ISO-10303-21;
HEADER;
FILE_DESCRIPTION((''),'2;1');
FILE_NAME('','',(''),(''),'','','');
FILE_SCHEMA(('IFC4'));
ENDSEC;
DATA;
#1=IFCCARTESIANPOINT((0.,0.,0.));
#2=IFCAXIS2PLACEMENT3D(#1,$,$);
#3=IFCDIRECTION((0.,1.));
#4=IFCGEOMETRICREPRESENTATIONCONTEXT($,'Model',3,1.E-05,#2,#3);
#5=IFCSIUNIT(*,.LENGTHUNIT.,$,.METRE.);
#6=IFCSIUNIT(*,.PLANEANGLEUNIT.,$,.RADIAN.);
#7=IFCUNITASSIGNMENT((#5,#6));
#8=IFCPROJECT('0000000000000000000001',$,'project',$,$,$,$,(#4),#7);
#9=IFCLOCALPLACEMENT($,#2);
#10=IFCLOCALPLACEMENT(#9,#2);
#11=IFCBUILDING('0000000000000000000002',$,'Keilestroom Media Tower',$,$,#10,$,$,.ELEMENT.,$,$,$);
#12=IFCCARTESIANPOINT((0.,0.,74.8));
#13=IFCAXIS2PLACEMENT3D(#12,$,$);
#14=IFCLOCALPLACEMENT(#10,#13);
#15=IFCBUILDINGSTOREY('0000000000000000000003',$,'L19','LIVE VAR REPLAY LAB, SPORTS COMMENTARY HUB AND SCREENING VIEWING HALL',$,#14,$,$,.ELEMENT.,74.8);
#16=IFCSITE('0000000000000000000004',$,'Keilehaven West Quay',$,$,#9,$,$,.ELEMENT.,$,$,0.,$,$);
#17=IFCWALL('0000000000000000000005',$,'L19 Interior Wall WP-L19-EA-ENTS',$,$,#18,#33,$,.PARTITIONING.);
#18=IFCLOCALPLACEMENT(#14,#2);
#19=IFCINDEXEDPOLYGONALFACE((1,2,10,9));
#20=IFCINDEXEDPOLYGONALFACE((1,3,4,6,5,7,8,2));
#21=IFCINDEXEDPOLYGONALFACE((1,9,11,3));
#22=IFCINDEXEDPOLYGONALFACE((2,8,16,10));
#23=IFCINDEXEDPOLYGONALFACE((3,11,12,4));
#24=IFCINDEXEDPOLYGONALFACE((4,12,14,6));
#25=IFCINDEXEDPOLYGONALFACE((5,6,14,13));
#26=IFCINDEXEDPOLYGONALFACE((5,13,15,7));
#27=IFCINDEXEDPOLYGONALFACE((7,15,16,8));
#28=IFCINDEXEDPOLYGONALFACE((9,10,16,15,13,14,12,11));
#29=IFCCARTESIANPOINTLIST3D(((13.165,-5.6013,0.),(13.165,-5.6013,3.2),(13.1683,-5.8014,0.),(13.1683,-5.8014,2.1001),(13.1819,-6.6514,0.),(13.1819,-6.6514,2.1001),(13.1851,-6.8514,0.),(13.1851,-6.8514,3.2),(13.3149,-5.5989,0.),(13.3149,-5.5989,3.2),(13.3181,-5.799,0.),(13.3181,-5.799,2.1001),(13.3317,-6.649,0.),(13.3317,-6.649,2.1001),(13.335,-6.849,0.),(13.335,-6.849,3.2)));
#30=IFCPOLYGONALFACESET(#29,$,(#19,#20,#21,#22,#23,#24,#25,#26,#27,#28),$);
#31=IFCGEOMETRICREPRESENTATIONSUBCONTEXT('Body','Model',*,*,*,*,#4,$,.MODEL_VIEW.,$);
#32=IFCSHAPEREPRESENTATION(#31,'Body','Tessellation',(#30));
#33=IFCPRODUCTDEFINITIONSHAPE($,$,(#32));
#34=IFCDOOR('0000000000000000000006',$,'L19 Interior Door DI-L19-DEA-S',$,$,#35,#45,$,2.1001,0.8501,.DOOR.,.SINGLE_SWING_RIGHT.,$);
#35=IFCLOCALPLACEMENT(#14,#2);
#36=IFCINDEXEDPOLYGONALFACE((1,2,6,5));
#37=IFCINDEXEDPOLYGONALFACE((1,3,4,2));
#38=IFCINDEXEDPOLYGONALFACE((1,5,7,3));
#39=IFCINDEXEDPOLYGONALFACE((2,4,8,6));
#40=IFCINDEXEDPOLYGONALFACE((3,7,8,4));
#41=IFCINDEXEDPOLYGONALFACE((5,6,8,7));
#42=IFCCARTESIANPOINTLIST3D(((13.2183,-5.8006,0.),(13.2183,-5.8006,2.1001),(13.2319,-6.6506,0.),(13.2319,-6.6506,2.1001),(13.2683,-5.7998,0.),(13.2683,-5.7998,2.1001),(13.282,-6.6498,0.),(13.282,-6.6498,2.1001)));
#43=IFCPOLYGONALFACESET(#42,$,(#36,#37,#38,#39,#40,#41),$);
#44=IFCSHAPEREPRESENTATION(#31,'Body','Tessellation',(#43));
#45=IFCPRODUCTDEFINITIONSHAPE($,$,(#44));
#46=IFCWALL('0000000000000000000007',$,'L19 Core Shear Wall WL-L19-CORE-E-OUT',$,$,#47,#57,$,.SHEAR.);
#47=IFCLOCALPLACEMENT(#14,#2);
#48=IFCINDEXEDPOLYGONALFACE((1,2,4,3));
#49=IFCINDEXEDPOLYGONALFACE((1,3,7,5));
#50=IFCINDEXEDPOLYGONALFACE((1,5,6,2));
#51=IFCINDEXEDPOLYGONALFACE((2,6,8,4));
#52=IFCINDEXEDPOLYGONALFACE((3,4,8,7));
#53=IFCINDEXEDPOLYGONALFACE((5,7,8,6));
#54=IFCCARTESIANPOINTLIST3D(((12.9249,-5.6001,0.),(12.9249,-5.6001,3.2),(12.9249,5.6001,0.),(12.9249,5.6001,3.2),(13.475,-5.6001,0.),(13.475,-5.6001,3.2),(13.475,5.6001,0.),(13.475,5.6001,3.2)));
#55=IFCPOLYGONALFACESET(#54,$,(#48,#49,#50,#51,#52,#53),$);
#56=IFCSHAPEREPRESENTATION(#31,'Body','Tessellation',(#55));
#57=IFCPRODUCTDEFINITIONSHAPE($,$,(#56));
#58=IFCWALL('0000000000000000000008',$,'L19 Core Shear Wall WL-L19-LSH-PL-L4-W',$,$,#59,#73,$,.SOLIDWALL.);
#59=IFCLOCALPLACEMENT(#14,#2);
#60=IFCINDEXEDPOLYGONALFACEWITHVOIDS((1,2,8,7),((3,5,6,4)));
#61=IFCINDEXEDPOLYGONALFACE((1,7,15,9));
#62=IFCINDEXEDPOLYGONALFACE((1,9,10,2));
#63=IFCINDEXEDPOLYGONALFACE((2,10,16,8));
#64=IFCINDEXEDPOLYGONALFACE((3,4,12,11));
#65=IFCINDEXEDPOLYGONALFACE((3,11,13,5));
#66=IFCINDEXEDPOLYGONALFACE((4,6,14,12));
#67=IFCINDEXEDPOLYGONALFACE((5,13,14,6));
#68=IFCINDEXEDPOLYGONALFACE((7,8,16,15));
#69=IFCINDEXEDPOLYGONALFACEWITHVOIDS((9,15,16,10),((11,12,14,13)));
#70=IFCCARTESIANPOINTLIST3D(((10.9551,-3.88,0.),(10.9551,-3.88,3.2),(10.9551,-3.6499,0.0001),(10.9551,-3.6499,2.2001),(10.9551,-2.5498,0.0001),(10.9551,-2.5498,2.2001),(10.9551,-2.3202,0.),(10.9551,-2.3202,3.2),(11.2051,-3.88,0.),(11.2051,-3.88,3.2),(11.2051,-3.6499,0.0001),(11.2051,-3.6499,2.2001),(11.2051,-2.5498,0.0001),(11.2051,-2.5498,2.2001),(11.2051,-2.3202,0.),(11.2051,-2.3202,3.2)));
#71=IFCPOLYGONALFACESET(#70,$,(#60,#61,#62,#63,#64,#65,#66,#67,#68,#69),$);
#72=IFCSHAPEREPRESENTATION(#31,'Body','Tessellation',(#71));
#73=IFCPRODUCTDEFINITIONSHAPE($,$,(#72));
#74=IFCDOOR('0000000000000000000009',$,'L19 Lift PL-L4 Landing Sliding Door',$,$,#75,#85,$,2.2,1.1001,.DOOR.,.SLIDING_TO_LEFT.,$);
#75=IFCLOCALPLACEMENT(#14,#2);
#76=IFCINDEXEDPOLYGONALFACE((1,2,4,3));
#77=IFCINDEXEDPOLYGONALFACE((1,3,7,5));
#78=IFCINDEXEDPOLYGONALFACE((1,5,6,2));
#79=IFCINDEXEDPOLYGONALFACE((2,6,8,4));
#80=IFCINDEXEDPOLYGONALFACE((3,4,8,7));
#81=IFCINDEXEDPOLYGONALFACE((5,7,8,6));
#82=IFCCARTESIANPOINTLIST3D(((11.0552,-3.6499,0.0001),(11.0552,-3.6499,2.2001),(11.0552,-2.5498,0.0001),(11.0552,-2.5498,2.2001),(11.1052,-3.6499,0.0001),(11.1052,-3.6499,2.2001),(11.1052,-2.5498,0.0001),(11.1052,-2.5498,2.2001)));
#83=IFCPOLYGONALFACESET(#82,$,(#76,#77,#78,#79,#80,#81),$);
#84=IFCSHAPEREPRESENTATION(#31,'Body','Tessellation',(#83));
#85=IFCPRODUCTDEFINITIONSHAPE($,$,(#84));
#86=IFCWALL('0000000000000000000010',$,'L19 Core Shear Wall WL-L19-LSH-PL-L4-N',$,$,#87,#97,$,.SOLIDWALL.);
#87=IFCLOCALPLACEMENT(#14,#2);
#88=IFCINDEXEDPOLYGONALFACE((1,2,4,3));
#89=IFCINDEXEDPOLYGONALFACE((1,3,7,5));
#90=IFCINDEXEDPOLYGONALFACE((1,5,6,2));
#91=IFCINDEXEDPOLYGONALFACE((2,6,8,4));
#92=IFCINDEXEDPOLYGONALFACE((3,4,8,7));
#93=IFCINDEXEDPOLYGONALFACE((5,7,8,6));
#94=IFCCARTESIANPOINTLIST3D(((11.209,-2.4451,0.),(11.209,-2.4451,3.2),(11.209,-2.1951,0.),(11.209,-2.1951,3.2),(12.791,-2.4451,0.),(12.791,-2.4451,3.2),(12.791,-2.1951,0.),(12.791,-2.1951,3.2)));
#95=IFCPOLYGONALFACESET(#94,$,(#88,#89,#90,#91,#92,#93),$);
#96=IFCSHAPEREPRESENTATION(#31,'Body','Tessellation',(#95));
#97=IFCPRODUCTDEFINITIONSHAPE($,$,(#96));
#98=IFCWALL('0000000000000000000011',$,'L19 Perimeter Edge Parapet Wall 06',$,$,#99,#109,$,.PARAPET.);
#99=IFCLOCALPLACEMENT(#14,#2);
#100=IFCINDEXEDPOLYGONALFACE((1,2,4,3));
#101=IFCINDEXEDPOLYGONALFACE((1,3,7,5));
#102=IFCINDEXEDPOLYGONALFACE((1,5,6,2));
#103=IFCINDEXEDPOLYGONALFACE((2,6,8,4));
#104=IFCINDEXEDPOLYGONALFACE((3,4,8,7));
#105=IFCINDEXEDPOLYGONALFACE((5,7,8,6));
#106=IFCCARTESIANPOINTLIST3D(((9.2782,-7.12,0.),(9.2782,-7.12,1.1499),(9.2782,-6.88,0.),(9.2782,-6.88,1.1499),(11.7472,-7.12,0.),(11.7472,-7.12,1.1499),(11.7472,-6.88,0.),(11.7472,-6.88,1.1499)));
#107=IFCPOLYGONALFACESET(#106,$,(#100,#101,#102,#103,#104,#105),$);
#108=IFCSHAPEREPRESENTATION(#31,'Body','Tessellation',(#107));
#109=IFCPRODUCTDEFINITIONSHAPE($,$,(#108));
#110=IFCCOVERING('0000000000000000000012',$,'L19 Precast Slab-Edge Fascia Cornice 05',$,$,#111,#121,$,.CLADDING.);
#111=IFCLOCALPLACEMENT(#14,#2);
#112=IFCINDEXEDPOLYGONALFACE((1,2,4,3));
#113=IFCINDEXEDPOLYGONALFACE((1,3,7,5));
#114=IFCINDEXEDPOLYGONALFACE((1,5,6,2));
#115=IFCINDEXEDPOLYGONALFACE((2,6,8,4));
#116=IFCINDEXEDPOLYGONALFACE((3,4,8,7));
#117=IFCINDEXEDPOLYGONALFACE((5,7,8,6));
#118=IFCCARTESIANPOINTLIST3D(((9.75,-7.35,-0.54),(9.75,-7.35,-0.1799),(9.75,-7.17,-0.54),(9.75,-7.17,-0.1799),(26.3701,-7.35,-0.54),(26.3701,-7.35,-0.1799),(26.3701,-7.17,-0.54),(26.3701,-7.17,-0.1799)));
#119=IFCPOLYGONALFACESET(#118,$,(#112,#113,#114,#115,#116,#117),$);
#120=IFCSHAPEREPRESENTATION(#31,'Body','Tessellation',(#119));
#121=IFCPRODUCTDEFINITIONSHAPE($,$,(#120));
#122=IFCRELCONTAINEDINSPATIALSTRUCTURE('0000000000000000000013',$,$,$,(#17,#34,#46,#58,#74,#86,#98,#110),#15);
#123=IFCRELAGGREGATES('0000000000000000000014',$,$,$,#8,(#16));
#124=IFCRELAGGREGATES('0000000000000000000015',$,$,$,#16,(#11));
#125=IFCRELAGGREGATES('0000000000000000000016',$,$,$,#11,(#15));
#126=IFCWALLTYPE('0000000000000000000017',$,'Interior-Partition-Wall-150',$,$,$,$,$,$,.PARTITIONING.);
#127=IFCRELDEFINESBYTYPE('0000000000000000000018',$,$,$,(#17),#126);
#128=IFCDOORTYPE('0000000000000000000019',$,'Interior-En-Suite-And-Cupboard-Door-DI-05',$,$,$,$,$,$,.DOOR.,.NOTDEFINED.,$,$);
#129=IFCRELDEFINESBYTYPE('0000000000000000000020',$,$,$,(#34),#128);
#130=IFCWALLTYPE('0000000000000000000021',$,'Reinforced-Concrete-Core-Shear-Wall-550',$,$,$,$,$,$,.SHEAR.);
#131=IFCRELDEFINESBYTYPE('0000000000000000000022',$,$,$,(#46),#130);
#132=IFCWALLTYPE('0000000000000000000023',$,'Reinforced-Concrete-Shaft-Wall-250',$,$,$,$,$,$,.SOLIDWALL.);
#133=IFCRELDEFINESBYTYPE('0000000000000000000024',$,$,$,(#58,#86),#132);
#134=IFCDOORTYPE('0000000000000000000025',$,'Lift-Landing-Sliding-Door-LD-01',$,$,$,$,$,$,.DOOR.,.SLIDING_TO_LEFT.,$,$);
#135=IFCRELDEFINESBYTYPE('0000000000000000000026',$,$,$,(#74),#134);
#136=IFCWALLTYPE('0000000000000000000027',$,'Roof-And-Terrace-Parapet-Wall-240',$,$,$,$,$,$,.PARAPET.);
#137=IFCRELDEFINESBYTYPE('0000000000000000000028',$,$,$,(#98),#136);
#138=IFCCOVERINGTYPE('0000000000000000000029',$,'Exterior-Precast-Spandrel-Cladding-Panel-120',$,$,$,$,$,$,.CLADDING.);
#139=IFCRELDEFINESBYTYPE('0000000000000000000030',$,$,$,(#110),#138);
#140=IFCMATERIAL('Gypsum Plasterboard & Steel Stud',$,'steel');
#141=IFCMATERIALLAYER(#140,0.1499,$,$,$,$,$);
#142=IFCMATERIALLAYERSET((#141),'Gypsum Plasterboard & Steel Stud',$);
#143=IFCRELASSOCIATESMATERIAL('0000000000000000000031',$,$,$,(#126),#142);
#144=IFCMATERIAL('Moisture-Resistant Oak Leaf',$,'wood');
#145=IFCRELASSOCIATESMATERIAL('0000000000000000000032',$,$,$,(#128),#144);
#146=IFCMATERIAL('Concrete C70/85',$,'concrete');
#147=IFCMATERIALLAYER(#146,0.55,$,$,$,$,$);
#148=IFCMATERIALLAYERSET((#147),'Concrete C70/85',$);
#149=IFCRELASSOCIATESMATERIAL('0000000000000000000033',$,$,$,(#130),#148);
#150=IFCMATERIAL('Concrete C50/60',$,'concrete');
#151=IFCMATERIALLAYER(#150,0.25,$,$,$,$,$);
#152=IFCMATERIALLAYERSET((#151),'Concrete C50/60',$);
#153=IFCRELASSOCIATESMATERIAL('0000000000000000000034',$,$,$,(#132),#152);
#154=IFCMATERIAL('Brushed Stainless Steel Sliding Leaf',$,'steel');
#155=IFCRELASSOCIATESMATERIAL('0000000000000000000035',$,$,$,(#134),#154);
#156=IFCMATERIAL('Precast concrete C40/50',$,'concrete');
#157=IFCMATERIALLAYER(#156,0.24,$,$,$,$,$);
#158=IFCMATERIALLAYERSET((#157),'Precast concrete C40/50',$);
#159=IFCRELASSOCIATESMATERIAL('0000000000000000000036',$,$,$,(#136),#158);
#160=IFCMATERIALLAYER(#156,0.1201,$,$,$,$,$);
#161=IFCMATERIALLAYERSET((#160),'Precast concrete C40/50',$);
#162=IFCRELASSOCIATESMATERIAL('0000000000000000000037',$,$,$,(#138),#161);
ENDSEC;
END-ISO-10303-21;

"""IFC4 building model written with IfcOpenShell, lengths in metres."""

from ifc_helpers import new_model, si_unit, direction, frame, frame_2d, origin, origin_2d, place, context, subcontext, project, spatial, rectangle, extrude, source, transform, mapped, material, layer, layer_set, type_object, element, fill, save


model = new_model("IFC4")

# Units and contexts
model_context = context("Model", 3, precision=1e-05, world=origin(), true_north=direction((0.0, 1.0)))
body_context = subcontext(model_context, "Body", "Model", "MODEL_VIEW")
ifc_project = project(units=[si_unit("LENGTHUNIT", "METRE"), si_unit("PLANEANGLEUNIT", "RADIAN")], contexts=[model_context])

# Site, building, storey
site_placement = place(None, origin())
site = spatial("IfcSite", under=ifc_project, at=site_placement, Name="Keilehaven West Quay", CompositionType="ELEMENT", RefElevation=0.0)
building_placement = place(site_placement, origin())
building = spatial("IfcBuilding", under=site, at=building_placement, Name="Keilestroom Media Tower", CompositionType="ELEMENT")
storey_placement = place(building_placement, frame((0.0, 0.0, 74.8)))
storey = spatial("IfcBuildingStorey", under=building, at=storey_placement, Name="L19", Description="LIVE VAR REPLAY LAB, SPORTS COMMENTARY HUB AND SCREENING VIEWING HALL", CompositionType="ELEMENT", Elevation=74.8)

# Shared definitions
ifc_material_1 = material(Name="Precast concrete C40/50", Category="concrete")

# Wall, opening, door
ifc_material_2 = material(Name="Gypsum Plasterboard & Steel Stud", Category="steel")
ifc_layer_1 = layer(ifc_material_2, 0.1499)
ifc_layer_set_1 = layer_set([ifc_layer_1], Name="Gypsum Plasterboard & Steel Stud")
wall_type_1 = type_object("IfcWallType", Name="Interior-Partition-Wall-150", PredefinedType="PARTITIONING", material=ifc_layer_set_1)
wall_1_placement = place(storey_placement, frame((13.26, -6.8501, 0.0), z_axis=(0.0, 0.0, 1.0), x_axis=(-0.016014, 0.999872, 0.0)))
wall_1 = element("IfcWall", 1, at=wall_1_placement, inside=storey, type_object=wall_type_1, Name="L19 Interior Wall WP-L19-EA-ENTS", PredefinedType="PARTITIONING", context=body_context, shape_type="SweptSolid", body=[
    extrude(rectangle(XDim=1.2502, YDim=0.1499, at=frame_2d((0.625, 0.0))), origin(), (0.0, 0.0, 1.0), 3.2),
])
opening_1_placement = place(wall_1_placement, frame((0.2, 0.0, 0.0)))
opening_1 = element("IfcOpeningElement", 2, at=opening_1_placement, cuts=wall_1, PredefinedType="OPENING", context=body_context, shape_type="SweptSolid", body=[
    extrude(rectangle(XDim=0.8501, YDim=2.1001, at=frame_2d((0.425, 1.05))), frame((0.0, 0.085, 0.0), z_axis=(0.0, -1.0, 0.0), x_axis=(1.0, 0.0, 0.0)), (0.0, 0.0, 1.0), 0.1699),
])
ifc_material_3 = material(Name="Moisture-Resistant Oak Leaf", Category="wood")
door_type_1 = type_object("IfcDoorType", Name="Interior-En-Suite-And-Cupboard-Door-DI-05", OperationType="NOTDEFINED", PredefinedType="DOOR", material=ifc_material_3)
shared_shape_1 = source(origin(), body_context, "Body", "SweptSolid", [
    extrude(rectangle(XDim=0.8501, YDim=2.1001, at=frame_2d((0.425, 1.05))), frame((0.0, 0.0249, 0.0), z_axis=(0.0, -1.0, 0.0), x_axis=(1.0, 0.0, 0.0)), (0.0, 0.0, 1.0), 0.05),
])
door_1_placement = place(opening_1_placement, origin())
door_1 = element("IfcDoor", 3, at=door_1_placement, inside=storey, type_object=door_type_1, Name="L19 Interior Door DI-L19-DEA-S", OperationType="SINGLE_SWING_RIGHT", OverallHeight=2.1001, OverallWidth=0.8501, PredefinedType="DOOR", context=body_context, shape_type="MappedRepresentation", body=[
    mapped(shared_shape_1, transform((0.0, 0.0, 0.0), x_axis=(1.0, 0.0, 0.0), y_axis=(0.0, 1.0, 0.0), z_axis=(0.0, 0.0, 1.0), scale=1.0)),
])
fill(opening_1, door_1)

# Wall
ifc_material_4 = material(Name="Concrete C70/85", Category="concrete")
ifc_layer_2 = layer(ifc_material_4, 0.55)
ifc_layer_set_2 = layer_set([ifc_layer_2], Name="Concrete C70/85")
wall_type_2 = type_object("IfcWallType", Name="Reinforced-Concrete-Core-Shear-Wall-550", PredefinedType="SHEAR", material=ifc_layer_set_2)
wall_2_placement = place(storey_placement, frame((13.2, -5.6001, 0.0), z_axis=(0.0, 0.0, 1.0), x_axis=(0.0, 1.0, 0.0)))
element("IfcWall", 4, at=wall_2_placement, inside=storey, type_object=wall_type_2, Name="L19 Core Shear Wall WL-L19-CORE-E-OUT", PredefinedType="SHEAR", context=body_context, shape_type="SweptSolid", body=[
    extrude(rectangle(XDim=11.2002, YDim=0.55, at=frame_2d((5.6001, 0.0))), origin(), (0.0, 0.0, 1.0), 3.2),
])

# Wall, opening, door
ifc_material_5 = material(Name="Concrete C50/60", Category="concrete")
ifc_layer_3 = layer(ifc_material_5, 0.25)
ifc_layer_set_3 = layer_set([ifc_layer_3], Name="Concrete C50/60")
wall_type_3 = type_object("IfcWallType", Name="Reinforced-Concrete-Shaft-Wall-250", PredefinedType="SOLIDWALL", material=ifc_layer_set_3)
wall_3_placement = place(storey_placement, frame((11.0801, -3.8799, 0.0), z_axis=(0.0, 0.0, 1.0), x_axis=(0.0, 1.0, 0.0)))
wall_3 = element("IfcWall", 5, at=wall_3_placement, inside=storey, type_object=wall_type_3, Name="L19 Core Shear Wall WL-L19-LSH-PL-L4-W", PredefinedType="SOLIDWALL", context=body_context, shape_type="SweptSolid", body=[
    extrude(rectangle(XDim=1.5598, YDim=0.25, at=frame_2d((0.7798, 0.0))), origin(), (0.0, 0.0, 1.0), 3.2),
])
opening_2_placement = place(wall_3_placement, frame((0.23, 0.0, 0.0)))
opening_2 = element("IfcOpeningElement", 6, at=opening_2_placement, cuts=wall_3, PredefinedType="OPENING", context=body_context, shape_type="SweptSolid", body=[
    extrude(rectangle(XDim=1.1001, YDim=2.2, at=frame_2d((0.55, 1.1001))), frame((0.0, 0.135, 0.0), z_axis=(0.0, -1.0, 0.0), x_axis=(1.0, 0.0, 0.0)), (0.0, 0.0, 1.0), 0.27),
])
ifc_material_6 = material(Name="Brushed Stainless Steel Sliding Leaf", Category="steel")
door_type_2 = type_object("IfcDoorType", Name="Lift-Landing-Sliding-Door-LD-01", OperationType="SLIDING_TO_LEFT", PredefinedType="DOOR", material=ifc_material_6)
shared_shape_2 = source(origin(), body_context, "Body", "SweptSolid", [
    extrude(rectangle(XDim=1.1001, YDim=2.2, at=frame_2d((0.55, 1.1001))), frame((0.0, 0.0249, 0.0), z_axis=(0.0, -1.0, 0.0), x_axis=(1.0, 0.0, 0.0)), (0.0, 0.0, 1.0), 0.05),
])
door_2_placement = place(opening_2_placement, origin())
door_2 = element("IfcDoor", 7, at=door_2_placement, inside=storey, type_object=door_type_2, Name="L19 Lift PL-L4 Landing Sliding Door", OperationType="SLIDING_TO_LEFT", OverallHeight=2.2, OverallWidth=1.1001, PredefinedType="DOOR", context=body_context, shape_type="MappedRepresentation", body=[
    mapped(shared_shape_2, transform((0.0, 0.0, 0.0), x_axis=(1.0, 0.0, 0.0), y_axis=(0.0, 1.0, 0.0), z_axis=(0.0, 0.0, 1.0), scale=1.0)),
])
fill(opening_2, door_2)

# Walls
wall_4_placement = place(storey_placement, frame((11.209, -2.3201, 0.0), z_axis=(0.0, 0.0, 1.0), x_axis=(1.0, 0.0, 0.0)))
element("IfcWall", 8, at=wall_4_placement, inside=storey, type_object=wall_type_3, Name="L19 Core Shear Wall WL-L19-LSH-PL-L4-N", PredefinedType="SOLIDWALL", context=body_context, shape_type="SweptSolid", body=[
    extrude(rectangle(XDim=1.582, YDim=0.25, at=frame_2d((0.791, 0.0))), origin(), (0.0, 0.0, 1.0), 3.2),
])
ifc_layer_4 = layer(ifc_material_1, 0.24)
ifc_layer_set_4 = layer_set([ifc_layer_4], Name="Precast concrete C40/50")
wall_type_4 = type_object("IfcWallType", Name="Roof-And-Terrace-Parapet-Wall-240", PredefinedType="PARAPET", material=ifc_layer_set_4)
wall_5_placement = place(storey_placement, frame((11.7471, -7.0, 0.0), z_axis=(0.0, 0.0, 1.0), x_axis=(-1.0, 0.0, 0.0)))
element("IfcWall", 9, at=wall_5_placement, inside=storey, type_object=wall_type_4, Name="L19 Perimeter Edge Parapet Wall 06", PredefinedType="PARAPET", context=body_context, shape_type="SweptSolid", body=[
    extrude(rectangle(XDim=2.469, YDim=0.24, at=frame_2d((1.2344, 0.0))), origin(), (0.0, 0.0, 1.0), 1.1499),
])

# Covering
ifc_layer_5 = layer(ifc_material_1, 0.1201)
ifc_layer_set_5 = layer_set([ifc_layer_5], Name="Precast concrete C40/50")
covering_type = type_object("IfcCoveringType", Name="Exterior-Precast-Spandrel-Cladding-Panel-120", PredefinedType="CLADDING", material=ifc_layer_set_5)
shared_shape_3 = source(origin(), body_context, "Body", "SweptSolid", [
    extrude(rectangle(XDim=16.6201, YDim=0.1799, at=origin_2d()), origin(), (0.0, 0.0, 1.0), 0.3601),
])
covering_placement = place(storey_placement, frame((18.0601, -7.26, -0.54), z_axis=(0.0, 0.0, 1.0), x_axis=(-1.0, 0.0, 0.0)))
element("IfcCovering", 10, at=covering_placement, inside=storey, type_object=covering_type, Name="L19 Precast Slab-Edge Fascia Cornice 05", PredefinedType="CLADDING", context=body_context, shape_type="MappedRepresentation", body=[
    mapped(shared_shape_3, transform((0.0, 0.0, 0.0), x_axis=(1.0, 0.0, 0.0), y_axis=(0.0, 1.0, 0.0), z_axis=(0.0, 0.0, 1.0), scale=1.0)),
])

save(model, "model.ifc")
